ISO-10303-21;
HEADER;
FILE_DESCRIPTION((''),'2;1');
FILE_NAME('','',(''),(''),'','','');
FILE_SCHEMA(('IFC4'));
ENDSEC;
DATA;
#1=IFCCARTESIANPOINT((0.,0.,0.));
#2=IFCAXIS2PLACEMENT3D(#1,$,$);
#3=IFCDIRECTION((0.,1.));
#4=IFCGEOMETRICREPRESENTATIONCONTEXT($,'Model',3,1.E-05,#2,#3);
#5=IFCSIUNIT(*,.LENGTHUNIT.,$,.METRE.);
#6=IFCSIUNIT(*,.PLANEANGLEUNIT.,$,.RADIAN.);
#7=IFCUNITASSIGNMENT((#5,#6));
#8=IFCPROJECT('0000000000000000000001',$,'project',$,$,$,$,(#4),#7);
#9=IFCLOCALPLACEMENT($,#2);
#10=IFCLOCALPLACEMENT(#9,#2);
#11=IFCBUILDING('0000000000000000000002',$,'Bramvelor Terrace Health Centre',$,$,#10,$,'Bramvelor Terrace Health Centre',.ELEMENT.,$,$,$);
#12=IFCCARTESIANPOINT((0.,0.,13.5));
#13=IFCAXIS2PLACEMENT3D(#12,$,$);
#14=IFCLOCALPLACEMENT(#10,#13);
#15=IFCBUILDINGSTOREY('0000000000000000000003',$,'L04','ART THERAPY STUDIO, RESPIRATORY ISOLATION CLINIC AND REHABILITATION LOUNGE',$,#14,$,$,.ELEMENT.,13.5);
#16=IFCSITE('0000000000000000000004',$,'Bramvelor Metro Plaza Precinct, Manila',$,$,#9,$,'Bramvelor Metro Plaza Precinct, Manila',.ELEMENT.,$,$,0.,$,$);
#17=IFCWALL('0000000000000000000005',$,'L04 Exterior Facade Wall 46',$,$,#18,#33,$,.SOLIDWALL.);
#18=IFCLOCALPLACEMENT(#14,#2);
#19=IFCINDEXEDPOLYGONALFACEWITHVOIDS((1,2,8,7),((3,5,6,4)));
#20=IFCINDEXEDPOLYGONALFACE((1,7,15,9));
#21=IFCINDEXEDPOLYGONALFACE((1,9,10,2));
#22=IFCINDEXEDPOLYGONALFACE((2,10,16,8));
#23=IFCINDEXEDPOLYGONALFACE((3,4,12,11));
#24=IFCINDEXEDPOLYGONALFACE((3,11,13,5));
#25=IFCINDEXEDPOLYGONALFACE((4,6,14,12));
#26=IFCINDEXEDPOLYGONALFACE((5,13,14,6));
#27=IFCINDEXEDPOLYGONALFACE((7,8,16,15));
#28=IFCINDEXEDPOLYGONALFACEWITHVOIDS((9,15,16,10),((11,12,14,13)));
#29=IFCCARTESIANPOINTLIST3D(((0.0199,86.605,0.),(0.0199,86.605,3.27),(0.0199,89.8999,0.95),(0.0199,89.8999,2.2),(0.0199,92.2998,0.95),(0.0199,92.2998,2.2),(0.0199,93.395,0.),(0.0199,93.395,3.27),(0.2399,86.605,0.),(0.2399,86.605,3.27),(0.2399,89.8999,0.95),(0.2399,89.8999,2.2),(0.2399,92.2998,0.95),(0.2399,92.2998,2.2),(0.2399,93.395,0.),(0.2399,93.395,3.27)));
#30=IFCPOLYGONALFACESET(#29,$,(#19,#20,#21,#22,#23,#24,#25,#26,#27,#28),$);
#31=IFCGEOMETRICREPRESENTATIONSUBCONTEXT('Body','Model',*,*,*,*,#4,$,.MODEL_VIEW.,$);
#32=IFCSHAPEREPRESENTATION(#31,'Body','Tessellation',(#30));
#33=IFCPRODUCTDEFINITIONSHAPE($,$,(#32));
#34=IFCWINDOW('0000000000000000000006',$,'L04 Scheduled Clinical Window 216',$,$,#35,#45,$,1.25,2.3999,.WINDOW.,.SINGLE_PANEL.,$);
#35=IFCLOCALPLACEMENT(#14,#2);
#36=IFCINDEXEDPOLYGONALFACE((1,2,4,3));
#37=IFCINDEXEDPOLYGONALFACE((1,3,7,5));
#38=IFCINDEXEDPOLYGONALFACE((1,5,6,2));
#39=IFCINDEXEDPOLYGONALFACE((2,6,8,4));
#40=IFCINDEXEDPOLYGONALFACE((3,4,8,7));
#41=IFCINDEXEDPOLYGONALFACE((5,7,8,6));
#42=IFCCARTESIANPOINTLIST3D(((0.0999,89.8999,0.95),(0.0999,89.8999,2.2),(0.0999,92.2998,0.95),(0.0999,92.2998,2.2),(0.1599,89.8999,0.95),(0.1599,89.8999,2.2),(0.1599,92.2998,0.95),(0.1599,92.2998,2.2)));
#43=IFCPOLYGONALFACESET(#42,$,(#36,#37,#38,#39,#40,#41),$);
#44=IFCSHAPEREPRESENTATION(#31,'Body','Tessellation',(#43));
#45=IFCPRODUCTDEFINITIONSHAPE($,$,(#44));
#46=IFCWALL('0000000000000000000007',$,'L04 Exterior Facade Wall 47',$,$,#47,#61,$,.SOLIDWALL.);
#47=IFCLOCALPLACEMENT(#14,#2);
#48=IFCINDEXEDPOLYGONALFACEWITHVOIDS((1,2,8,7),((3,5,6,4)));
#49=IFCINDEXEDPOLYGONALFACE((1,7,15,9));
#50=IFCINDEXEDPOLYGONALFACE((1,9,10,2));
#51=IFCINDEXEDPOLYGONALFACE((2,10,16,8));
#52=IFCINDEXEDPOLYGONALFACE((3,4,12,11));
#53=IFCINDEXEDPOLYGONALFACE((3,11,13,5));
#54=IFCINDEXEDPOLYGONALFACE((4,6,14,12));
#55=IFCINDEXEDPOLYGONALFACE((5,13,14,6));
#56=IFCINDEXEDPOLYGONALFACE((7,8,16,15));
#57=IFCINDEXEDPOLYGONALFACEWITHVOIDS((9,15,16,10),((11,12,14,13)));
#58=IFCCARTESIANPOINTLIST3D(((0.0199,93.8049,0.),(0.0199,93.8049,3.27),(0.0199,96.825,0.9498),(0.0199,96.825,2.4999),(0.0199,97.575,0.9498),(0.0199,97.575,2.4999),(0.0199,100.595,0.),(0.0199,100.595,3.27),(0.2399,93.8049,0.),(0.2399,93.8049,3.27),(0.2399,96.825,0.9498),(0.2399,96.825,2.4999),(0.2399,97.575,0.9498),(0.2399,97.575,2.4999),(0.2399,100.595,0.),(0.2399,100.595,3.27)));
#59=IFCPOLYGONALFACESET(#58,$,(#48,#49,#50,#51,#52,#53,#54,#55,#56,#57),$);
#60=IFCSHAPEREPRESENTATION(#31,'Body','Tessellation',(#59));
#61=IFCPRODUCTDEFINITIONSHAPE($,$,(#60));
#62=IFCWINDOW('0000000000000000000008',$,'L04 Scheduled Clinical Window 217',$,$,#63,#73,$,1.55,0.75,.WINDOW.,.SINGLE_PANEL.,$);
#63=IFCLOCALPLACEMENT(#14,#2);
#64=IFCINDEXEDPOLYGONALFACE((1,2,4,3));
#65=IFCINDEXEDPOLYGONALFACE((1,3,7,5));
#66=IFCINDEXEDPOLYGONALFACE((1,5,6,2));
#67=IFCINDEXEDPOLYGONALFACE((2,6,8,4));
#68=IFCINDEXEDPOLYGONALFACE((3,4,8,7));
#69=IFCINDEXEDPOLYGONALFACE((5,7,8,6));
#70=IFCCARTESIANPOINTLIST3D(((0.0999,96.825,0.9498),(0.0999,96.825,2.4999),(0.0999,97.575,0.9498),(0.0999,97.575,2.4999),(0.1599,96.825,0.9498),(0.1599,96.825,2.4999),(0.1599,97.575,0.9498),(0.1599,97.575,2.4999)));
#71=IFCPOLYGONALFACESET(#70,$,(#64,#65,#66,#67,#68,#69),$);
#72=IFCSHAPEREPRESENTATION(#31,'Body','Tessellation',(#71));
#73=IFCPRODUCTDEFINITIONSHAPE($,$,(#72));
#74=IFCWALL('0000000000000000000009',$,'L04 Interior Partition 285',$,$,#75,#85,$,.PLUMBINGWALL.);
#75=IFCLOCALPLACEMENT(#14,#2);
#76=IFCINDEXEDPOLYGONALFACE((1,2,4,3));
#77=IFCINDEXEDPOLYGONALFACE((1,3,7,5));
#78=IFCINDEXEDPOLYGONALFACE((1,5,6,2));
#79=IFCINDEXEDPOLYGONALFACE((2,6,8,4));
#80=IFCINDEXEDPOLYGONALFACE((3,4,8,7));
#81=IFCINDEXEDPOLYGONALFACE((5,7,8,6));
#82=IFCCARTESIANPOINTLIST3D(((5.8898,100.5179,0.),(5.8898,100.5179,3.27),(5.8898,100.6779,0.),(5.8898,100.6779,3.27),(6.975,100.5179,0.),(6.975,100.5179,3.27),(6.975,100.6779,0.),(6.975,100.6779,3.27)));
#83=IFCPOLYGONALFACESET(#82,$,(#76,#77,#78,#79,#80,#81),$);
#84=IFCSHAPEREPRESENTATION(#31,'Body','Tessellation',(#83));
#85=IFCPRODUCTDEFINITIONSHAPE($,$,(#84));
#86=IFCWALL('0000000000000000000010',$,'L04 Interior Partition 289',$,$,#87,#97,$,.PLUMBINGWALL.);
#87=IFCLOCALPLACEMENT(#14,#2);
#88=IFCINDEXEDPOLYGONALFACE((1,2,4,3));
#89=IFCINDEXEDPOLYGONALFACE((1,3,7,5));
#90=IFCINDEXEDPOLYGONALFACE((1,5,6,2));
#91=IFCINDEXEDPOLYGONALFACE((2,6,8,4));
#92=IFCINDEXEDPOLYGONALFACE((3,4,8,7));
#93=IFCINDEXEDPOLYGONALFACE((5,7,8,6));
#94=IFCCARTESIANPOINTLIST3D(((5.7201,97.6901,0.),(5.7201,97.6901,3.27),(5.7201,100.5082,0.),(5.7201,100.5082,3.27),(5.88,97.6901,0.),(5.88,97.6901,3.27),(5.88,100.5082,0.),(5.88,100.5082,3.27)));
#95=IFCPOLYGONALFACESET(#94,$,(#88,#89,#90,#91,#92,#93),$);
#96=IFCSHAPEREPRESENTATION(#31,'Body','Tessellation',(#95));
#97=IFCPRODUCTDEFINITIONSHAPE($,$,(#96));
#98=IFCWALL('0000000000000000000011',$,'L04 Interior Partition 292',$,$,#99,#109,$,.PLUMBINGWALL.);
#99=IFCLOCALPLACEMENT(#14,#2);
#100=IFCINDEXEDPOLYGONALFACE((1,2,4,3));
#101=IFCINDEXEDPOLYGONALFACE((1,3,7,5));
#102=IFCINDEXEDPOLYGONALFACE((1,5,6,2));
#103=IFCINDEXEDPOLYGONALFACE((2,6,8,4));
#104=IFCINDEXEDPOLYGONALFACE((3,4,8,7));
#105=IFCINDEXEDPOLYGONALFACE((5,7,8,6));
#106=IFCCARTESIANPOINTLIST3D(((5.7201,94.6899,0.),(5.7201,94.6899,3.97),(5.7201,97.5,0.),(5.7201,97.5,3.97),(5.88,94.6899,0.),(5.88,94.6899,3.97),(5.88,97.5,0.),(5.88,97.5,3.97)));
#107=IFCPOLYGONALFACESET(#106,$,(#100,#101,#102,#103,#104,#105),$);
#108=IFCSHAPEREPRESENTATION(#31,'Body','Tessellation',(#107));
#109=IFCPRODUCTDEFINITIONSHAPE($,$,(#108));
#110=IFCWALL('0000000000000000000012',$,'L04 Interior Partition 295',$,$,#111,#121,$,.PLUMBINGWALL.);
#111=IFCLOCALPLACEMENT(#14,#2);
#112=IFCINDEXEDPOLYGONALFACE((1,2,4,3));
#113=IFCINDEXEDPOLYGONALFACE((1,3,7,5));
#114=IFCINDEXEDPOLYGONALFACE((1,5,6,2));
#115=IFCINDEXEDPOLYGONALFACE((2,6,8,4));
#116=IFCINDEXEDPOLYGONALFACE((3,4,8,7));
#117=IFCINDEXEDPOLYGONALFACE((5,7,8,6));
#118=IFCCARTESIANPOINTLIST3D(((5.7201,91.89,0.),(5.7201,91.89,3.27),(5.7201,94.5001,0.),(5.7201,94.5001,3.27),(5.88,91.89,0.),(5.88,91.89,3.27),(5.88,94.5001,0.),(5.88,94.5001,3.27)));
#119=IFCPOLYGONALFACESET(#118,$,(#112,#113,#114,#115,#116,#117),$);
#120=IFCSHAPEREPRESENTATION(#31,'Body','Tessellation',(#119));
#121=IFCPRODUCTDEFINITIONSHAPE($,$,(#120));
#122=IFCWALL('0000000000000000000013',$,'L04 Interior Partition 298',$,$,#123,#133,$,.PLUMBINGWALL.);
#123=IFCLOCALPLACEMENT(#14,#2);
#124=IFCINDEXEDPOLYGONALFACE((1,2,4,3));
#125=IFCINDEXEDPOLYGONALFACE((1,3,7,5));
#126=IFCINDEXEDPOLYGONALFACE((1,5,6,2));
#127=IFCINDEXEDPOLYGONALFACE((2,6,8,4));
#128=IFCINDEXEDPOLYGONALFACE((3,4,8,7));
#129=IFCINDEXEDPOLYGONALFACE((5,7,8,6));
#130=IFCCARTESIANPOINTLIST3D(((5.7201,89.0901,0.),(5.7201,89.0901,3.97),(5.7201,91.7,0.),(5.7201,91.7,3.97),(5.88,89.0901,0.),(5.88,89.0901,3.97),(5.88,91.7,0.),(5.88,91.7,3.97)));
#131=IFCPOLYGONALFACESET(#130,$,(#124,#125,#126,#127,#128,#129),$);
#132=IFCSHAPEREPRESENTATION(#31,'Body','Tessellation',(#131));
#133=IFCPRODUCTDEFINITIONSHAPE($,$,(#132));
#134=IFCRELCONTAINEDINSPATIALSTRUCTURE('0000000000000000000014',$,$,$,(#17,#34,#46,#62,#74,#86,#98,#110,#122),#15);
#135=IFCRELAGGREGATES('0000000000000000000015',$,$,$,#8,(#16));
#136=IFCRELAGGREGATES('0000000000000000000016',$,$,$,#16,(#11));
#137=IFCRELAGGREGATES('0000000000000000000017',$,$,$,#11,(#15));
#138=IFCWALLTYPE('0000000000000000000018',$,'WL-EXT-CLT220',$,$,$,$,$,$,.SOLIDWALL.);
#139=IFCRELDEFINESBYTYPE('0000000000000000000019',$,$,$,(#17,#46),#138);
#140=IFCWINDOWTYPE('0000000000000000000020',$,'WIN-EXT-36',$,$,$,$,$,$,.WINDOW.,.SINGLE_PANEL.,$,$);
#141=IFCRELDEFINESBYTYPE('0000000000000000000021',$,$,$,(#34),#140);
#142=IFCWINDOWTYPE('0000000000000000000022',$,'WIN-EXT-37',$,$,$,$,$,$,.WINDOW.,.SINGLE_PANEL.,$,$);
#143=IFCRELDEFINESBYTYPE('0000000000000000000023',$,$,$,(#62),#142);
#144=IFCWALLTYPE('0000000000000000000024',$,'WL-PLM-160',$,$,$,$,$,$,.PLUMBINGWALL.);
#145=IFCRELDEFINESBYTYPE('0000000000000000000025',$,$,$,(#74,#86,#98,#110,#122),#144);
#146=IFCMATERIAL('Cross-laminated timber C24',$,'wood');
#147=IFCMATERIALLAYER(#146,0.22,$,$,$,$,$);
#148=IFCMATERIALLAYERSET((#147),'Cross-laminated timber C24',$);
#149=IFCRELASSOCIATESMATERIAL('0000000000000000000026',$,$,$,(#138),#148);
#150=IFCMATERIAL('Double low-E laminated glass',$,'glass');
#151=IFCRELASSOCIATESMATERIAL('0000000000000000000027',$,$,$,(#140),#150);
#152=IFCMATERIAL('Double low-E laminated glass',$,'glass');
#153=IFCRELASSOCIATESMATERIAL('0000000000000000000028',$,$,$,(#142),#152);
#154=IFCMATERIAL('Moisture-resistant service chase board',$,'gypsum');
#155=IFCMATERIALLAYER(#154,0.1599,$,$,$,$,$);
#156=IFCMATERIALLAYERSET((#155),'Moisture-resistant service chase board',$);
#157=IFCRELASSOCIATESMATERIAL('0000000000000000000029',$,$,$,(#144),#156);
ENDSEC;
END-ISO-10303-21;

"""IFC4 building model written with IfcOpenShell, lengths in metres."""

from ifc_helpers import new_model, si_unit, direction, frame, frame_2d, origin, place, context, subcontext, project, spatial, rectangle, extrude, material, layer, layer_set, type_object, element, fill, save


model = new_model("IFC4")

# Units and contexts
model_context = context("Model", 3, precision=1e-05, world=origin(), true_north=direction((0.0, 1.0)))
body_context = subcontext(model_context, "Body", "Model", "MODEL_VIEW")
ifc_project = project(units=[si_unit("LENGTHUNIT", "METRE"), si_unit("PLANEANGLEUNIT", "RADIAN")], contexts=[model_context])

# Site, building, storey
site_placement = place(None, origin())
site = spatial("IfcSite", under=ifc_project, at=site_placement, Name="Bramvelor Metro Plaza Precinct, Manila", LongName="Bramvelor Metro Plaza Precinct, Manila", CompositionType="ELEMENT", RefElevation=0.0)
building_placement = place(site_placement, origin())
building = spatial("IfcBuilding", under=site, at=building_placement, Name="Bramvelor Terrace Health Centre", LongName="Bramvelor Terrace Health Centre", CompositionType="ELEMENT")
storey_placement = place(building_placement, frame((0.0, 0.0, 13.5)))
storey = spatial("IfcBuildingStorey", under=building, at=storey_placement, Name="L04", Description="ART THERAPY STUDIO, RESPIRATORY ISOLATION CLINIC AND REHABILITATION LOUNGE", CompositionType="ELEMENT", Elevation=13.5)

# Walls, openings, windows
ifc_material_1 = material(Name="Cross-laminated timber C24", Category="wood")
ifc_layer_1 = layer(ifc_material_1, 0.22)
ifc_layer_set_1 = layer_set([ifc_layer_1], Name="Cross-laminated timber C24")
wall_type_1 = type_object("IfcWallType", Name="WL-EXT-CLT220", PredefinedType="SOLIDWALL", material=ifc_layer_set_1)
wall_1_placement = place(storey_placement, frame((0.1299, 86.605, 0.0), z_axis=(0.0, 0.0, 1.0), x_axis=(0.0, 1.0, 0.0)))
wall_1 = element("IfcWall", 1, at=wall_1_placement, inside=storey, type_object=wall_type_1, Name="L04 Exterior Facade Wall 46", PredefinedType="SOLIDWALL", context=body_context, shape_type="SweptSolid", body=[
    extrude(rectangle(XDim=6.79, YDim=0.22, at=frame_2d((3.395, 0.0))), origin(), (0.0, 0.0, 1.0), 3.27),
])
opening_1_placement = place(wall_1_placement, frame((3.2949, 0.0, 0.95)))
opening_1 = element("IfcOpeningElement", 2, at=opening_1_placement, cuts=wall_1, PredefinedType="OPENING", context=body_context, shape_type="SweptSolid", body=[
    extrude(rectangle(XDim=2.3999, YDim=1.25, at=frame_2d((1.2, 0.625))), frame((0.0, 0.1199, 0.0), z_axis=(0.0, -1.0, 0.0), x_axis=(1.0, 0.0, 0.0)), (0.0, 0.0, 1.0), 0.24),
])
ifc_material_2 = material(Name="Double low-E laminated glass", Category="glass")
window_type_1 = type_object("IfcWindowType", Name="WIN-EXT-36", PartitioningType="SINGLE_PANEL", PredefinedType="WINDOW", material=ifc_material_2)
window_1_placement = place(opening_1_placement, origin())
window_1 = element("IfcWindow", 3, at=window_1_placement, inside=storey, type_object=window_type_1, Name="L04 Scheduled Clinical Window 216", OverallHeight=1.25, OverallWidth=2.3999, PartitioningType="SINGLE_PANEL", PredefinedType="WINDOW", context=body_context, shape_type="SweptSolid", body=[
    extrude(rectangle(XDim=2.3999, YDim=1.25, at=frame_2d((1.2, 0.625))), frame((0.0, 0.03, 0.0), z_axis=(0.0, -1.0, 0.0), x_axis=(1.0, 0.0, 0.0)), (0.0, 0.0, 1.0), 0.0601),
])
fill(opening_1, window_1)
wall_2_placement = place(storey_placement, frame((0.1299, 93.8049, 0.0), z_axis=(0.0, 0.0, 1.0), x_axis=(0.0, 1.0, 0.0)))
wall_2 = element("IfcWall", 4, at=wall_2_placement, inside=storey, type_object=wall_type_1, Name="L04 Exterior Facade Wall 47", PredefinedType="SOLIDWALL", context=body_context, shape_type="SweptSolid", body=[
    extrude(rectangle(XDim=6.79, YDim=0.22, at=frame_2d((3.395, 0.0))), origin(), (0.0, 0.0, 1.0), 3.27),
])
opening_2_placement = place(wall_2_placement, frame((3.02, 0.0, 0.95)))
opening_2 = element("IfcOpeningElement", 5, at=opening_2_placement, cuts=wall_2, PredefinedType="OPENING", context=body_context, shape_type="SweptSolid", body=[
    extrude(rectangle(XDim=0.75, YDim=1.55, at=frame_2d((0.375, 0.7749))), frame((0.0, 0.1199, 0.0), z_axis=(0.0, -1.0, 0.0), x_axis=(1.0, 0.0, 0.0)), (0.0, 0.0, 1.0), 0.24),
])
ifc_material_3 = material(Name="Double low-E laminated glass", Category="glass")
window_type_2 = type_object("IfcWindowType", Name="WIN-EXT-37", PartitioningType="SINGLE_PANEL", PredefinedType="WINDOW", material=ifc_material_3)
window_2_placement = place(opening_2_placement, origin())
window_2 = element("IfcWindow", 6, at=window_2_placement, inside=storey, type_object=window_type_2, Name="L04 Scheduled Clinical Window 217", OverallHeight=1.55, OverallWidth=0.75, PartitioningType="SINGLE_PANEL", PredefinedType="WINDOW", context=body_context, shape_type="SweptSolid", body=[
    extrude(rectangle(XDim=0.75, YDim=1.55, at=frame_2d((0.375, 0.7749))), frame((0.0, 0.03, 0.0), z_axis=(0.0, -1.0, 0.0), x_axis=(1.0, 0.0, 0.0)), (0.0, 0.0, 1.0), 0.0601),
])
fill(opening_2, window_2)

# Walls
ifc_material_4 = material(Name="Moisture-resistant service chase board", Category="gypsum")
ifc_layer_2 = layer(ifc_material_4, 0.1599)
ifc_layer_set_2 = layer_set([ifc_layer_2], Name="Moisture-resistant service chase board")
wall_type_2 = type_object("IfcWallType", Name="WL-PLM-160", PredefinedType="PLUMBINGWALL", material=ifc_layer_set_2)
wall_3_placement = place(storey_placement, frame((5.8899, 100.5979, 0.0), z_axis=(0.0, 0.0, 1.0), x_axis=(1.0, 0.0, 0.0)))
element("IfcWall", 7, at=wall_3_placement, inside=storey, type_object=wall_type_2, Name="L04 Interior Partition 285", PredefinedType="PLUMBINGWALL", context=body_context, shape_type="SweptSolid", body=[
    extrude(rectangle(XDim=1.0852, YDim=0.1599, at=frame_2d((0.5425, 0.0))), origin(), (0.0, 0.0, 1.0), 3.27),
])
wall_4_placement = place(storey_placement, frame((5.8, 97.6899, 0.0), z_axis=(0.0, 0.0, 1.0), x_axis=(0.0, 1.0, 0.0)))
element("IfcWall", 8, at=wall_4_placement, inside=storey, type_object=wall_type_2, Name="L04 Interior Partition 289", PredefinedType="PLUMBINGWALL", context=body_context, shape_type="SweptSolid", body=[
    extrude(rectangle(XDim=2.8181, YDim=0.1599, at=frame_2d((1.4092, 0.0))), origin(), (0.0, 0.0, 1.0), 3.27),
])
wall_5_placement = place(storey_placement, frame((5.8, 94.6899, 0.0), z_axis=(0.0, 0.0, 1.0), x_axis=(0.0, 1.0, 0.0)))
element("IfcWall", 9, at=wall_5_placement, inside=storey, type_object=wall_type_2, Name="L04 Interior Partition 292", PredefinedType="PLUMBINGWALL", context=body_context, shape_type="SweptSolid", body=[
    extrude(rectangle(XDim=2.8101, YDim=0.1599, at=frame_2d((1.405, 0.0))), origin(), (0.0, 0.0, 1.0), 3.97),
])
wall_6_placement = place(storey_placement, frame((5.8, 91.8899, 0.0), z_axis=(0.0, 0.0, 1.0), x_axis=(0.0, 1.0, 0.0)))
element("IfcWall", 10, at=wall_6_placement, inside=storey, type_object=wall_type_2, Name="L04 Interior Partition 295", PredefinedType="PLUMBINGWALL", context=body_context, shape_type="SweptSolid", body=[
    extrude(rectangle(XDim=2.6101, YDim=0.1599, at=frame_2d((1.3052, 0.0))), origin(), (0.0, 0.0, 1.0), 3.27),
])
wall_7_placement = place(storey_placement, frame((5.8, 89.0901, 0.0), z_axis=(0.0, 0.0, 1.0), x_axis=(0.0, 1.0, 0.0)))
element("IfcWall", 11, at=wall_7_placement, inside=storey, type_object=wall_type_2, Name="L04 Interior Partition 298", PredefinedType="PLUMBINGWALL", context=body_context, shape_type="SweptSolid", body=[
    extrude(rectangle(XDim=2.6099, YDim=0.1599, at=frame_2d((1.3049, 0.0))), origin(), (0.0, 0.0, 1.0), 3.97),
])

save(model, "model.ifc")
